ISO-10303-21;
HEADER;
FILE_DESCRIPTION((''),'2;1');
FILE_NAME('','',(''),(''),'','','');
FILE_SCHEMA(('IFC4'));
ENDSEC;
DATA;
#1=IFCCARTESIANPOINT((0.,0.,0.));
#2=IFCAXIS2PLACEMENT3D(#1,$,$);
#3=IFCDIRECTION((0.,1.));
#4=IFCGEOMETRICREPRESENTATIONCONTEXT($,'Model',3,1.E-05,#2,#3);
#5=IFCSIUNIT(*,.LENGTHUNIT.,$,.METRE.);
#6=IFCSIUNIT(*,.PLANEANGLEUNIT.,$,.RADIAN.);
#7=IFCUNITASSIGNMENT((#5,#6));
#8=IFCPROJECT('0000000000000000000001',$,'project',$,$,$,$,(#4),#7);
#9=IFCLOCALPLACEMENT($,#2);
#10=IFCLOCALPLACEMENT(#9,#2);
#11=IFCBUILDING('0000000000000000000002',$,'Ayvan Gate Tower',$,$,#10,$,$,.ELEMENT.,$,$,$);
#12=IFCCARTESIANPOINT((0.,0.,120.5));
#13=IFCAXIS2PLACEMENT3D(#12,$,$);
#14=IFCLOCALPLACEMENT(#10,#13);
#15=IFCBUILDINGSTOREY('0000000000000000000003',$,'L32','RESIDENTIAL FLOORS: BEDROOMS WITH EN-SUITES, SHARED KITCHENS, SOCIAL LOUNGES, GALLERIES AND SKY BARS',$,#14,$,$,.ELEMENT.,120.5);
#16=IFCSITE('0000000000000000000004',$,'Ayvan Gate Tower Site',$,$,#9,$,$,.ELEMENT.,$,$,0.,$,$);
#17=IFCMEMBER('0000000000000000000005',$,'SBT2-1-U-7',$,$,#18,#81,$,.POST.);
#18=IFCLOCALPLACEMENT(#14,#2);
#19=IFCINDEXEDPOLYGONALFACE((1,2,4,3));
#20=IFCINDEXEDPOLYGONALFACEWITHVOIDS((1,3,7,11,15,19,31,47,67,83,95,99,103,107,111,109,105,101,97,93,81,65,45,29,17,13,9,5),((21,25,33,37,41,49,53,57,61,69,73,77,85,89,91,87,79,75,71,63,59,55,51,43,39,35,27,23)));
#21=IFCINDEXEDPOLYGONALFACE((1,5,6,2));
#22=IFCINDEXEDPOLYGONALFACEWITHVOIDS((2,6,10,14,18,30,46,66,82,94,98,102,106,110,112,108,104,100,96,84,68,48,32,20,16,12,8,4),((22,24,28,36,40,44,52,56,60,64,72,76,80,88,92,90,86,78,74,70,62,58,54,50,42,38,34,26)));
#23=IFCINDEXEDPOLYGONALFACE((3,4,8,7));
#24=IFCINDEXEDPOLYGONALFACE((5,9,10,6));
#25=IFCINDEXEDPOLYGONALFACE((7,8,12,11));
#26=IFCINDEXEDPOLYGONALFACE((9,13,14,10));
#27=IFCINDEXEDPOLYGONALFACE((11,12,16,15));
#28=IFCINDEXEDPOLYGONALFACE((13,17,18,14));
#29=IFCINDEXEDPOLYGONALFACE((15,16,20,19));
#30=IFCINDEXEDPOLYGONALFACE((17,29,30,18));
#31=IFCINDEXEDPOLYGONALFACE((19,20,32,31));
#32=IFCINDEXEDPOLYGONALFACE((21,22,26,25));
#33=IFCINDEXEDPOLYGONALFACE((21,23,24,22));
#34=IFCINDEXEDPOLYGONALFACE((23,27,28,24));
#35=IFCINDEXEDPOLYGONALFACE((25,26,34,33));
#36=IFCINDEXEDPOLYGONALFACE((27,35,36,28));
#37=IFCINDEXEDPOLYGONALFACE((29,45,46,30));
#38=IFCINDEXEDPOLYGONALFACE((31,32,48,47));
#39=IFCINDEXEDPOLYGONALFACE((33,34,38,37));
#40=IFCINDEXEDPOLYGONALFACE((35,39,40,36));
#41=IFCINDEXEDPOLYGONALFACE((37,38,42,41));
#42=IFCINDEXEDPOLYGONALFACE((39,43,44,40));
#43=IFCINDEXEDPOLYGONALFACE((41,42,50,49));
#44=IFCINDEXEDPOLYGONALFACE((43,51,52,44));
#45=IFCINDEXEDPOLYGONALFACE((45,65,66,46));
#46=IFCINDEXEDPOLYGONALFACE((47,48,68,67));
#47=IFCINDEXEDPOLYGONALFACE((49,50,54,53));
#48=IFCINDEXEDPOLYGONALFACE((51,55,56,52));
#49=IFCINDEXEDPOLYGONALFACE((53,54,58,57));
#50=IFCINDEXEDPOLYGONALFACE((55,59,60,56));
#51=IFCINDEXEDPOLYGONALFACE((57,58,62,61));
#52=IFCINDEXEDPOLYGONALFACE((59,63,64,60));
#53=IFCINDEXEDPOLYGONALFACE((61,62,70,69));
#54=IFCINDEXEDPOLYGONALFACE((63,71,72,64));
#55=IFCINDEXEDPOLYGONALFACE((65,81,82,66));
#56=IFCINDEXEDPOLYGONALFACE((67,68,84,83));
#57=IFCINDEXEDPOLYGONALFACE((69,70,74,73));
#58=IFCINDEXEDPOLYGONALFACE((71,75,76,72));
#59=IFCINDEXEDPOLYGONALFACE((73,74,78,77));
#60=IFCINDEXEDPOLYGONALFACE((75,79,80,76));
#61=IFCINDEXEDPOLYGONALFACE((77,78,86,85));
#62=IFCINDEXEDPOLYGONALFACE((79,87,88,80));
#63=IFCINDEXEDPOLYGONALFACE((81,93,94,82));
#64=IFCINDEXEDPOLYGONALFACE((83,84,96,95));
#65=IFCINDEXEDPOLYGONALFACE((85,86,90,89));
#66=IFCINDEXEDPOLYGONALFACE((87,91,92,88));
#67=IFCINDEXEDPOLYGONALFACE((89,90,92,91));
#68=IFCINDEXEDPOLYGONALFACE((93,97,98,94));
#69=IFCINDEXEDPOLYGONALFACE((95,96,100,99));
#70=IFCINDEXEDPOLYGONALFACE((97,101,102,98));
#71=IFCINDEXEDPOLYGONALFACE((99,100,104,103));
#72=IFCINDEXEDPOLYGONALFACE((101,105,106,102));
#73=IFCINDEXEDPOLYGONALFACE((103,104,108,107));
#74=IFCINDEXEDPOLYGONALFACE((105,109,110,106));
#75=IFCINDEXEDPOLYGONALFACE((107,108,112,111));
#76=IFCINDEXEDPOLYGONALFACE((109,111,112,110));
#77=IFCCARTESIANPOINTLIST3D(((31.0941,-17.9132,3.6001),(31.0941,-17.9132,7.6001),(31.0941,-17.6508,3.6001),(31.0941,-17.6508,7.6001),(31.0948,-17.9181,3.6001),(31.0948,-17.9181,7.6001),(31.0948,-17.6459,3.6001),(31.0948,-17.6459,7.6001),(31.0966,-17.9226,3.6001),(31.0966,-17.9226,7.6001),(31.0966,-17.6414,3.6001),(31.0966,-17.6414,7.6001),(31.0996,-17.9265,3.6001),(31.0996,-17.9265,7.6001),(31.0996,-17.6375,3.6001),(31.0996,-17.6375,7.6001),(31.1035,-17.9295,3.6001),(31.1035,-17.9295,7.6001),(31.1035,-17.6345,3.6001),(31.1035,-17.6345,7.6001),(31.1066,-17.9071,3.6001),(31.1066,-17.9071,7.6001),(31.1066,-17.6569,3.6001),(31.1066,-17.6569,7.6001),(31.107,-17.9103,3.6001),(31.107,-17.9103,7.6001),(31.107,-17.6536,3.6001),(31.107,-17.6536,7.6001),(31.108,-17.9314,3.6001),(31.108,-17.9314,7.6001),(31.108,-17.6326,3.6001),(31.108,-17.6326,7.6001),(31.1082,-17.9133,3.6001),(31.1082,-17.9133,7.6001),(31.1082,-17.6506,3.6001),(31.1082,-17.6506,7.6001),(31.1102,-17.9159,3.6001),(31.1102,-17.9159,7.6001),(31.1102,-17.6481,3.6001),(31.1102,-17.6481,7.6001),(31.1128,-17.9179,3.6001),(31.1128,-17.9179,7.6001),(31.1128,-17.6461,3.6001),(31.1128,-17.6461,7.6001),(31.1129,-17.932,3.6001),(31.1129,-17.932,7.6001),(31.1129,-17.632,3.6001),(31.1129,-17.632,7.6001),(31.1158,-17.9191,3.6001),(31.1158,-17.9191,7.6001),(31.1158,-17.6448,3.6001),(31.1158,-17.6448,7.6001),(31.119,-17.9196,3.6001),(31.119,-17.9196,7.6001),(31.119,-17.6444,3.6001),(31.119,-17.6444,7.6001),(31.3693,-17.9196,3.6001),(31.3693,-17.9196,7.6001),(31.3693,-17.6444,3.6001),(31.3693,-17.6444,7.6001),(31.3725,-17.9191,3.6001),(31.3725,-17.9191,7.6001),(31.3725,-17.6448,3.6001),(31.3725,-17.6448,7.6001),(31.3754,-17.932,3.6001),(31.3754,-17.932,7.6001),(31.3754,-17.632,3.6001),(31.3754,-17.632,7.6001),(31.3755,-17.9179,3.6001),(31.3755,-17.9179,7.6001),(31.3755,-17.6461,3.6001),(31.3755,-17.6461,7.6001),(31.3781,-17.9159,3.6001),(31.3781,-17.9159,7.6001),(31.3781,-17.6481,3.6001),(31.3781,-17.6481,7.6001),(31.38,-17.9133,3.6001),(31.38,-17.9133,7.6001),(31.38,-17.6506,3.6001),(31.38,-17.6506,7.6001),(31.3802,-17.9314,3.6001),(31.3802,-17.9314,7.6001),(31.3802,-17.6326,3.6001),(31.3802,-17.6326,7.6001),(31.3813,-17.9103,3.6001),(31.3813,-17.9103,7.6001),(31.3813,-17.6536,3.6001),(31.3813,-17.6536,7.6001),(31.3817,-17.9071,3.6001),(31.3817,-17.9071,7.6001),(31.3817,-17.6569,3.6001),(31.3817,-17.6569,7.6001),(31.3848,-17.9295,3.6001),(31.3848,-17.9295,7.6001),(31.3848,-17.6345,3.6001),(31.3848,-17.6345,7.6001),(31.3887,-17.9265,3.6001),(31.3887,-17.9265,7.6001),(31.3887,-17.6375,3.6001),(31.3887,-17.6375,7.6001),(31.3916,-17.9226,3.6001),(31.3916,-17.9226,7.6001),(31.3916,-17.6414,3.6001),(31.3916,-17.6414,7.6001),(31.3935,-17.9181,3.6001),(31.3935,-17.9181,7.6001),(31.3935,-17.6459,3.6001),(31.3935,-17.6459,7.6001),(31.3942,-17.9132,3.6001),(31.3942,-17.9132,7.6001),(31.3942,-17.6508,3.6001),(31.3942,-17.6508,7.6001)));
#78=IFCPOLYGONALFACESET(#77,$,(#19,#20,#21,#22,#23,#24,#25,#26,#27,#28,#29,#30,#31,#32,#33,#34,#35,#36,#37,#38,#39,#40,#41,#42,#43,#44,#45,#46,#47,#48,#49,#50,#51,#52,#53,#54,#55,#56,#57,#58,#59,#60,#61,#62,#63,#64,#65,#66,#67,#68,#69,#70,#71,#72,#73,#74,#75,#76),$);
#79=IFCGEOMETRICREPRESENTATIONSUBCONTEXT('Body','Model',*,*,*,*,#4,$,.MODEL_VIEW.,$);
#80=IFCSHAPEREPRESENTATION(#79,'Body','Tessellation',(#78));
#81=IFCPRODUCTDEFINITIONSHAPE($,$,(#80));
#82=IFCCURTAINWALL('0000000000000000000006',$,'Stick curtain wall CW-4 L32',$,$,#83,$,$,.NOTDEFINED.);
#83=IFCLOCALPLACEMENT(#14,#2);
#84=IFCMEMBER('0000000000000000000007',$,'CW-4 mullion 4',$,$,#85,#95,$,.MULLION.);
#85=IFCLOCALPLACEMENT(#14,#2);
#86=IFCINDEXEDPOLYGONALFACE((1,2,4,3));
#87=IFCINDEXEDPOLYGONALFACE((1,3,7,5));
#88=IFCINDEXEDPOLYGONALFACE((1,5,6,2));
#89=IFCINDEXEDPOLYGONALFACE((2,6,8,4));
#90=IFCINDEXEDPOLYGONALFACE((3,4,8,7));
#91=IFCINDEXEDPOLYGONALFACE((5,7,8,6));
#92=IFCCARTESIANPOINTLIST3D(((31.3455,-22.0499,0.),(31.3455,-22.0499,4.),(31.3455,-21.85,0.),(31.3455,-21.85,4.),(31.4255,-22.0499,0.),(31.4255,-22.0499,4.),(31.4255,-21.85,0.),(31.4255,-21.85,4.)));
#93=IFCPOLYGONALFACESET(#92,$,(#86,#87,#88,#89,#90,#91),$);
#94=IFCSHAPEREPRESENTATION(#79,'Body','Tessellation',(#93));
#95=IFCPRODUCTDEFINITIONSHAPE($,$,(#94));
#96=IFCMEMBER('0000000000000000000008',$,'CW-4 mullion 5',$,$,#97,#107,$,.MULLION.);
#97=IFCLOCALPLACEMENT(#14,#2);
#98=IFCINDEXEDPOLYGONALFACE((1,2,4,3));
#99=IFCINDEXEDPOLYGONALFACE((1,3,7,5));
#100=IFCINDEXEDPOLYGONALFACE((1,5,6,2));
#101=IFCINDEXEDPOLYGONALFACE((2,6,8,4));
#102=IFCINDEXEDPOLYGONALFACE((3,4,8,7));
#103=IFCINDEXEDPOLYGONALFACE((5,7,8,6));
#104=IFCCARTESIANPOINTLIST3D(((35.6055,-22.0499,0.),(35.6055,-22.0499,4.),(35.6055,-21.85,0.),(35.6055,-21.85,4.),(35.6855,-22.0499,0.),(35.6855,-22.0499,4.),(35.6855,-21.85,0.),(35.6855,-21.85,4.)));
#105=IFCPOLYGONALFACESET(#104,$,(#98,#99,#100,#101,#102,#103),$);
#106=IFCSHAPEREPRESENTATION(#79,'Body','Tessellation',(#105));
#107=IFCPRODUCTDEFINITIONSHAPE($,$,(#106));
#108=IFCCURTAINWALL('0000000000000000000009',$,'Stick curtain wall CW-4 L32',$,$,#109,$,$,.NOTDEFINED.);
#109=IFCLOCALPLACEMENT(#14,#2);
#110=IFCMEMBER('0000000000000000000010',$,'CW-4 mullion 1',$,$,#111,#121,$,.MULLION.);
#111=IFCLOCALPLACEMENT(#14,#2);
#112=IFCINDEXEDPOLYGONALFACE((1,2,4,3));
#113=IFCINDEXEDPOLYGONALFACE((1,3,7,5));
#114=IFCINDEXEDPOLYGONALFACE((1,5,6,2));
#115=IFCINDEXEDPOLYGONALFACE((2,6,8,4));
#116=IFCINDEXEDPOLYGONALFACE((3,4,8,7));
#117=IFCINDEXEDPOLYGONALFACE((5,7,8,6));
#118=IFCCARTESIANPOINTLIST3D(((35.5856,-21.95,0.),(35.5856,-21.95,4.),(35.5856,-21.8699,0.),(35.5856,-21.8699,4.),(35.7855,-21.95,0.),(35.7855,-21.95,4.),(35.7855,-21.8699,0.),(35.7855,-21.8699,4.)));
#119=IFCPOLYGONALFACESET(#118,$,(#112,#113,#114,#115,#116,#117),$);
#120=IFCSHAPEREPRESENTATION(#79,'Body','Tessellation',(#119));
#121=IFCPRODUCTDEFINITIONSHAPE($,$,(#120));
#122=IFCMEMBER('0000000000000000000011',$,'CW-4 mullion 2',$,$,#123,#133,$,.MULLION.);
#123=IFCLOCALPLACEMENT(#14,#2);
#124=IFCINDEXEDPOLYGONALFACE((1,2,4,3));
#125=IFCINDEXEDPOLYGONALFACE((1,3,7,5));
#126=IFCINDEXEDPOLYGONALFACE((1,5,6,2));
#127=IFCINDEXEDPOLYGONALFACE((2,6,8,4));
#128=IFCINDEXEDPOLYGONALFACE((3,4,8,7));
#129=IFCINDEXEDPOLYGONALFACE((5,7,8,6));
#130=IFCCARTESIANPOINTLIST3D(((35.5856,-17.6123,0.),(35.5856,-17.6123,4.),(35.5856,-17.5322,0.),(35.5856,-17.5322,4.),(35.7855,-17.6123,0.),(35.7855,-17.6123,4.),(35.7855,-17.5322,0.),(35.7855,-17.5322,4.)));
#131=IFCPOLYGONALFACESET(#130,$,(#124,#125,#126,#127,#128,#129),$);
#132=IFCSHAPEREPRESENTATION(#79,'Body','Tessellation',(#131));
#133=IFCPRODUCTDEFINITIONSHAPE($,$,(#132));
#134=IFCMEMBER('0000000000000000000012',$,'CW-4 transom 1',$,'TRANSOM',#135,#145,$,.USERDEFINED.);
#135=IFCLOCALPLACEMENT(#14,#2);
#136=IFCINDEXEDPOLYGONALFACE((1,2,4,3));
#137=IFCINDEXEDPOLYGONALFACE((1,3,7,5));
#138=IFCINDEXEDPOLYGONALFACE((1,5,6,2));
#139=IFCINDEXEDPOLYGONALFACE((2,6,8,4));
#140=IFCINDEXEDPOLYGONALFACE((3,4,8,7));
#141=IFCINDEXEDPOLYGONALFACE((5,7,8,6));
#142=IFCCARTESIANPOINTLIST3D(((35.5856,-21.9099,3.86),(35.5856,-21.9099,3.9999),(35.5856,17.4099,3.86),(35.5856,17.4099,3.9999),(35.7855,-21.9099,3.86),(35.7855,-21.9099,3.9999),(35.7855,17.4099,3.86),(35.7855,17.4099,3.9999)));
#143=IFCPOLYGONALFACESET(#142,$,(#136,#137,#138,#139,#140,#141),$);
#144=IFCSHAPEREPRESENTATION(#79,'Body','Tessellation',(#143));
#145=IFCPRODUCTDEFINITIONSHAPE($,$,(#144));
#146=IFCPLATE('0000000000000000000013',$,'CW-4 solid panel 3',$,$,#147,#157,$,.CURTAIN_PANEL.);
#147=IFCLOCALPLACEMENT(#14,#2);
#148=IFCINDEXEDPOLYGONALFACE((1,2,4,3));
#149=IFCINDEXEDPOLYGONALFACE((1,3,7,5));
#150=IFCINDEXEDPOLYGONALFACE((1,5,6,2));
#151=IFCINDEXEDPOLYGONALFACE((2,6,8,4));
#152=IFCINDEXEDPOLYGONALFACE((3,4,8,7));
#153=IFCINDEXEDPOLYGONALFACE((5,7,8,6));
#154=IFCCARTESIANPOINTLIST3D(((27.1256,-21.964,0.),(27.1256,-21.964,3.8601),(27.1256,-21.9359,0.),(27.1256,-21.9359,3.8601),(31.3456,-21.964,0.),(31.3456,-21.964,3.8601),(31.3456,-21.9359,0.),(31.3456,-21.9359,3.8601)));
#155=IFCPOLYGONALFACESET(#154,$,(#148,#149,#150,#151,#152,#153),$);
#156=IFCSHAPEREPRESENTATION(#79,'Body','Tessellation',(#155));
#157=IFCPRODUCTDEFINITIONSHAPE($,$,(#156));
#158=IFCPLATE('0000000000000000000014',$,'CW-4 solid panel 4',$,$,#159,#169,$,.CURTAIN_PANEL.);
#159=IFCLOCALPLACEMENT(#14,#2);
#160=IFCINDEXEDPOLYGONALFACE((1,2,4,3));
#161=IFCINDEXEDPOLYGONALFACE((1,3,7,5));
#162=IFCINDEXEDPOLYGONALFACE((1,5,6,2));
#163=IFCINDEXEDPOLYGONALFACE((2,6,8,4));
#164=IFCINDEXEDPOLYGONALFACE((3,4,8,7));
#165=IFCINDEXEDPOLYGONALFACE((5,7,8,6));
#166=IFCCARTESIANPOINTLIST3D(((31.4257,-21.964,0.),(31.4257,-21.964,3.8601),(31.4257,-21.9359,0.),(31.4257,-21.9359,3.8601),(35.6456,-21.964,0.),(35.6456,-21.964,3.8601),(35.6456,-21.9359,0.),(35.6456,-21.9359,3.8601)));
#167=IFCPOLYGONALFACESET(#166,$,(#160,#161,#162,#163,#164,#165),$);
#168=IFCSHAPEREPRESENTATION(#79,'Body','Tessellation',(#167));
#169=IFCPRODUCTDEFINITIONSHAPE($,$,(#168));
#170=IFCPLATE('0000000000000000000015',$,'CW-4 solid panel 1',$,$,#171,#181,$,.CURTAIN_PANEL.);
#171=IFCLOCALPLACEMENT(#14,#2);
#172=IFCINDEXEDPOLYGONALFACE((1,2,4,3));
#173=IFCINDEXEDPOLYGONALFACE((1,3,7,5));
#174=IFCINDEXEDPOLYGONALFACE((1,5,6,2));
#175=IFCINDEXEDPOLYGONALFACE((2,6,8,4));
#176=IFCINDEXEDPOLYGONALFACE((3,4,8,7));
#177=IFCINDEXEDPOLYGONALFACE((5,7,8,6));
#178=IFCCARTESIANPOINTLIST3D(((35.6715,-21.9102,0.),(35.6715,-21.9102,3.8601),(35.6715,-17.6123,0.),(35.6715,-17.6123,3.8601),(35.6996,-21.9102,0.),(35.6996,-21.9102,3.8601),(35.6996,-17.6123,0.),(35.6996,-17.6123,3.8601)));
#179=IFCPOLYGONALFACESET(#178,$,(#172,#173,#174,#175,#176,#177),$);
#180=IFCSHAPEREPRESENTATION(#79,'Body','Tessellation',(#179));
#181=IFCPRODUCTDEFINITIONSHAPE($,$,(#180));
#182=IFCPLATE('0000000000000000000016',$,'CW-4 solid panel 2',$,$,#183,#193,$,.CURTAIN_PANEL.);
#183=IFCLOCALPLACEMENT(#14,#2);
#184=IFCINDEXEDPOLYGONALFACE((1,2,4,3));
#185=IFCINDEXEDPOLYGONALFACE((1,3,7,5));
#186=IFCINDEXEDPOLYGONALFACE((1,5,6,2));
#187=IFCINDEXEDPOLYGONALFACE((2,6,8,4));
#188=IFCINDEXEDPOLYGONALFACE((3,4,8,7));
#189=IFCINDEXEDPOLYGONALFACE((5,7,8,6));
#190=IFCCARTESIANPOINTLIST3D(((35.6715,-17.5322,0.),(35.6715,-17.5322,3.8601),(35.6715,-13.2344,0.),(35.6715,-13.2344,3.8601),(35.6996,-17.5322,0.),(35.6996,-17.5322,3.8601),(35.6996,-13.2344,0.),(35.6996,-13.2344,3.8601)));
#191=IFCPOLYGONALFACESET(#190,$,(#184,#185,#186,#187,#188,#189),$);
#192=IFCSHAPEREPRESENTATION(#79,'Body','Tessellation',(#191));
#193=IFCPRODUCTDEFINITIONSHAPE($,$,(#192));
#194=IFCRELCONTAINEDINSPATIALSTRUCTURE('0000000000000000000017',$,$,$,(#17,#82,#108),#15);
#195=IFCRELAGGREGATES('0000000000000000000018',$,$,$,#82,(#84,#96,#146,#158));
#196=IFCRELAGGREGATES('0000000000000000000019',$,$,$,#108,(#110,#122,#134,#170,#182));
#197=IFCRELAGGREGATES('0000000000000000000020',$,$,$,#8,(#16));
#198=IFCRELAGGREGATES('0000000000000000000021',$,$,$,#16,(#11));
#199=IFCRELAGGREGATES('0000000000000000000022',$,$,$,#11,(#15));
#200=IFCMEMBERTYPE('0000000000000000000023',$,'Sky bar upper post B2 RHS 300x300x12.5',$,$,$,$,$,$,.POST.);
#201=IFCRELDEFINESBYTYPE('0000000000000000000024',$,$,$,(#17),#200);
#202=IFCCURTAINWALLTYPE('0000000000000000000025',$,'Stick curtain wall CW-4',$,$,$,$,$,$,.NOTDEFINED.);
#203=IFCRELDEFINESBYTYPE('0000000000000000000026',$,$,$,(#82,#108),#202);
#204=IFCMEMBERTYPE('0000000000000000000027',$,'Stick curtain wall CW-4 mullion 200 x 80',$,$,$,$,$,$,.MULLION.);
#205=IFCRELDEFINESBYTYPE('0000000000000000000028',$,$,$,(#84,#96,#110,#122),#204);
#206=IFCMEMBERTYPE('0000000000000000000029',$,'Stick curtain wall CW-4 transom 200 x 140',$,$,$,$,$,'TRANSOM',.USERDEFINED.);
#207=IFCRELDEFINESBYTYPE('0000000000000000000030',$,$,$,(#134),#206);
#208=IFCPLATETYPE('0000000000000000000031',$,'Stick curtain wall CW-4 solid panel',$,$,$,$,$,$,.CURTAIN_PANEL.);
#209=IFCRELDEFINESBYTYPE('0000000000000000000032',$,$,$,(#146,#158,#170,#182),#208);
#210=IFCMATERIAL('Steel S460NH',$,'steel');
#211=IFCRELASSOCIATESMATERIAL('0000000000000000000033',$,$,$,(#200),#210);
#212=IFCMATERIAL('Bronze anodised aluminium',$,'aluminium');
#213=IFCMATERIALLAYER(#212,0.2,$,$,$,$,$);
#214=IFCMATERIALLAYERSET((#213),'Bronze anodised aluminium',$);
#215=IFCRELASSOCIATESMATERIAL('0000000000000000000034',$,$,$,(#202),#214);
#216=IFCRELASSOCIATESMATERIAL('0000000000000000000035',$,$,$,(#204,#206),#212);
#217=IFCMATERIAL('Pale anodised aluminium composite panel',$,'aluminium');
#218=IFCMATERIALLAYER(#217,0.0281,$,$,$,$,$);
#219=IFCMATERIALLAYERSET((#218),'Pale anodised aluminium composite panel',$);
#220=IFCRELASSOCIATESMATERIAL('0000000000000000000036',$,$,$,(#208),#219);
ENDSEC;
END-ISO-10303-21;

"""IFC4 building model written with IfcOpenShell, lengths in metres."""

from ifc_helpers import new_model, si_unit, direction, frame, origin, origin_2d, place, context, subcontext, project, spatial, rectangle, hollow_rectangle, extrude, material, layer, layer_set, material_profile, profile_set, type_object, element, aggregate, save


model = new_model("IFC4")

# Units and contexts
model_context = context("Model", 3, precision=1e-05, world=origin(), true_north=direction((0.0, 1.0)))
body_context = subcontext(model_context, "Body", "Model", "MODEL_VIEW")
ifc_project = project(units=[si_unit("LENGTHUNIT", "METRE"), si_unit("PLANEANGLEUNIT", "RADIAN")], contexts=[model_context])

# Site, building, storey
site_placement = place(None, origin())
site = spatial("IfcSite", under=ifc_project, at=site_placement, Name="Ayvan Gate Tower Site", CompositionType="ELEMENT", RefElevation=0.0)
building_placement = place(site_placement, origin())
building = spatial("IfcBuilding", under=site, at=building_placement, Name="Ayvan Gate Tower", CompositionType="ELEMENT")
storey_placement = place(building_placement, frame((0.0, 0.0, 120.5)))
storey = spatial("IfcBuildingStorey", under=building, at=storey_placement, Name="L32", Description="RESIDENTIAL FLOORS: BEDROOMS WITH EN-SUITES, SHARED KITCHENS, SOCIAL LOUNGES, GALLERIES AND SKY BARS", CompositionType="ELEMENT", Elevation=120.5)

# Member
ifc_material_1 = material(Name="Steel S460NH", Category="steel")
ifc_material_profile_1 = material_profile(ifc_material_1, hollow_rectangle(XDim=0.3, YDim=0.3, WallThickness=0.0125, InnerFilletRadius=0.0125, OuterFilletRadius=0.0188, at=origin_2d()), Name="RHS 300x300x12.5")
ifc_profile_set_1 = profile_set([ifc_material_profile_1], Name="Steel S460NH")
member_type_1 = type_object("IfcMemberType", Name="Sky bar upper post B2 RHS 300x300x12.5", PredefinedType="POST", material=ifc_profile_set_1)
member_1_placement = place(storey_placement, frame((31.2441, -17.782, 3.6001), z_axis=(0.0, 0.0, 1.0), x_axis=(1.0, 0.0, 0.0)))
element("IfcMember", 1, at=member_1_placement, inside=storey, type_object=member_type_1, Name="SBT2-1-U-7", PredefinedType="POST", context=body_context, shape_type="SweptSolid", body=[
    extrude(hollow_rectangle(XDim=0.3, YDim=0.3, WallThickness=0.0125, InnerFilletRadius=0.0125, OuterFilletRadius=0.0188, at=origin_2d()), origin(), (0.0, 0.0, 1.0), 4.0),
])

# Curtain walls, members
ifc_material_2 = material(Name="Bronze anodised aluminium", Category="aluminium")
ifc_layer_1 = layer(ifc_material_2, 0.2)
ifc_layer_set_1 = layer_set([ifc_layer_1], Name="Bronze anodised aluminium")
curtain_wall_type = type_object("IfcCurtainWallType", Name="Stick curtain wall CW-4", PredefinedType="NOTDEFINED", material=ifc_layer_set_1)
curtain_wall_1_placement = place(storey_placement, origin())
curtain_wall_1 = element("IfcCurtainWall", 2, at=curtain_wall_1_placement, inside=storey, type_object=curtain_wall_type, Name="Stick curtain wall CW-4 L32", PredefinedType="NOTDEFINED")
ifc_material_profile_2 = material_profile(ifc_material_2, rectangle(XDim=0.2, YDim=0.0801, at=origin_2d()), Name="Stick curtain wall CW-4 mullion 200 x 80")
ifc_profile_set_2 = profile_set([ifc_material_profile_2], Name="Bronze anodised aluminium")
member_type_2 = type_object("IfcMemberType", Name="Stick curtain wall CW-4 mullion 200 x 80", PredefinedType="MULLION", material=ifc_profile_set_2)
member_2_placement = place(storey_placement, frame((31.3855, -21.95, 0.0), z_axis=(0.0, 0.0, 1.0), x_axis=(0.0, -1.0, 0.0)))
member_2 = element("IfcMember", 3, at=member_2_placement, type_object=member_type_2, Name="CW-4 mullion 4", PredefinedType="MULLION", context=body_context, shape_type="SweptSolid", body=[
    extrude(rectangle(XDim=0.2, YDim=0.0801, at=origin_2d()), origin(), (0.0, 0.0, 1.0), 4.0),
])
member_3_placement = place(storey_placement, frame((35.6455, -21.95, 0.0), z_axis=(0.0, 0.0, 1.0), x_axis=(0.0, -1.0, 0.0)))
member_3 = element("IfcMember", 4, at=member_3_placement, type_object=member_type_2, Name="CW-4 mullion 5", PredefinedType="MULLION", context=body_context, shape_type="SweptSolid", body=[
    extrude(rectangle(XDim=0.2, YDim=0.0801, at=origin_2d()), origin(), (0.0, 0.0, 1.0), 4.0),
])
curtain_wall_2_placement = place(storey_placement, origin())
curtain_wall_2 = element("IfcCurtainWall", 5, at=curtain_wall_2_placement, inside=storey, type_object=curtain_wall_type, Name="Stick curtain wall CW-4 L32", PredefinedType="NOTDEFINED")
member_4_placement = place(storey_placement, frame((35.6855, -21.9099, 0.0), z_axis=(0.0, 0.0, 1.0), x_axis=(1.0, 0.0, 0.0)))
member_4 = element("IfcMember", 6, at=member_4_placement, type_object=member_type_2, Name="CW-4 mullion 1", PredefinedType="MULLION", context=body_context, shape_type="SweptSolid", body=[
    extrude(rectangle(XDim=0.2, YDim=0.0801, at=origin_2d()), origin(), (0.0, 0.0, 1.0), 4.0),
])
member_5_placement = place(storey_placement, frame((35.6855, -17.5723, 0.0), z_axis=(0.0, 0.0, 1.0), x_axis=(1.0, 0.0, 0.0)))
member_5 = element("IfcMember", 7, at=member_5_placement, type_object=member_type_2, Name="CW-4 mullion 2", PredefinedType="MULLION", context=body_context, shape_type="SweptSolid", body=[
    extrude(rectangle(XDim=0.2, YDim=0.0801, at=origin_2d()), origin(), (0.0, 0.0, 1.0), 4.0),
])
ifc_material_profile_3 = material_profile(ifc_material_2, rectangle(XDim=0.2, YDim=0.1399, at=origin_2d()), Name="Stick curtain wall CW-4 transom 200 x 140")
ifc_profile_set_3 = profile_set([ifc_material_profile_3], Name="Bronze anodised aluminium")
member_type_3 = type_object("IfcMemberType", Name="Stick curtain wall CW-4 transom 200 x 140", ElementType="TRANSOM", PredefinedType="USERDEFINED", material=ifc_profile_set_3)
member_6_placement = place(storey_placement, frame((35.6855, -21.9099, 3.9299), z_axis=(0.0, 1.0, 0.0), x_axis=(-1.0, 0.0, 0.0)))
member_6 = element("IfcMember", 8, at=member_6_placement, type_object=member_type_3, Name="CW-4 transom 1", ObjectType="TRANSOM", PredefinedType="USERDEFINED", context=body_context, shape_type="SweptSolid", body=[
    extrude(rectangle(XDim=0.2, YDim=0.1399, at=origin_2d()), origin(), (0.0, 0.0, 1.0), 39.3198),
])

# Plates
ifc_material_3 = material(Name="Pale anodised aluminium composite panel", Category="aluminium")
ifc_layer_2 = layer(ifc_material_3, 0.0281)
ifc_layer_set_2 = layer_set([ifc_layer_2], Name="Pale anodised aluminium composite panel")
plate_type = type_object("IfcPlateType", Name="Stick curtain wall CW-4 solid panel", PredefinedType="CURTAIN_PANEL", material=ifc_layer_set_2)
plate_1_placement = place(storey_placement, frame((29.2356, -21.95, 0.0), z_axis=(0.0, 0.0, 1.0), x_axis=(1.0, 0.0, 0.0)))
plate_1 = element("IfcPlate", 9, at=plate_1_placement, type_object=plate_type, Name="CW-4 solid panel 3", PredefinedType="CURTAIN_PANEL", context=body_context, shape_type="SweptSolid", body=[
    extrude(rectangle(XDim=4.22, YDim=0.0281, at=origin_2d()), origin(), (0.0, 0.0, 1.0), 3.8601),
])
plate_2_placement = place(storey_placement, frame((33.5356, -21.95, 0.0), z_axis=(0.0, 0.0, 1.0), x_axis=(1.0, 0.0, 0.0)))
plate_2 = element("IfcPlate", 10, at=plate_2_placement, type_object=plate_type, Name="CW-4 solid panel 4", PredefinedType="CURTAIN_PANEL", context=body_context, shape_type="SweptSolid", body=[
    extrude(rectangle(XDim=4.22, YDim=0.0281, at=origin_2d()), origin(), (0.0, 0.0, 1.0), 3.8601),
])
aggregate(curtain_wall_1, [member_2, member_3, plate_1, plate_2])
plate_3_placement = place(storey_placement, frame((35.6855, -19.7612, 0.0), z_axis=(0.0, 0.0, 1.0), x_axis=(0.0, 1.0, 0.0)))
plate_3 = element("IfcPlate", 11, at=plate_3_placement, type_object=plate_type, Name="CW-4 solid panel 1", PredefinedType="CURTAIN_PANEL", context=body_context, shape_type="SweptSolid", body=[
    extrude(rectangle(XDim=4.2979, YDim=0.0281, at=origin_2d()), origin(), (0.0, 0.0, 1.0), 3.8601),
])
plate_4_placement = place(storey_placement, frame((35.6855, -15.3833, 0.0), z_axis=(0.0, 0.0, 1.0), x_axis=(0.0, 1.0, 0.0)))
plate_4 = element("IfcPlate", 12, at=plate_4_placement, type_object=plate_type, Name="CW-4 solid panel 2", PredefinedType="CURTAIN_PANEL", context=body_context, shape_type="SweptSolid", body=[
    extrude(rectangle(XDim=4.2979, YDim=0.0281, at=origin_2d()), origin(), (0.0, 0.0, 1.0), 3.8601),
])
aggregate(curtain_wall_2, [member_4, member_5, member_6, plate_3, plate_4])

save(model, "model.ifc")
